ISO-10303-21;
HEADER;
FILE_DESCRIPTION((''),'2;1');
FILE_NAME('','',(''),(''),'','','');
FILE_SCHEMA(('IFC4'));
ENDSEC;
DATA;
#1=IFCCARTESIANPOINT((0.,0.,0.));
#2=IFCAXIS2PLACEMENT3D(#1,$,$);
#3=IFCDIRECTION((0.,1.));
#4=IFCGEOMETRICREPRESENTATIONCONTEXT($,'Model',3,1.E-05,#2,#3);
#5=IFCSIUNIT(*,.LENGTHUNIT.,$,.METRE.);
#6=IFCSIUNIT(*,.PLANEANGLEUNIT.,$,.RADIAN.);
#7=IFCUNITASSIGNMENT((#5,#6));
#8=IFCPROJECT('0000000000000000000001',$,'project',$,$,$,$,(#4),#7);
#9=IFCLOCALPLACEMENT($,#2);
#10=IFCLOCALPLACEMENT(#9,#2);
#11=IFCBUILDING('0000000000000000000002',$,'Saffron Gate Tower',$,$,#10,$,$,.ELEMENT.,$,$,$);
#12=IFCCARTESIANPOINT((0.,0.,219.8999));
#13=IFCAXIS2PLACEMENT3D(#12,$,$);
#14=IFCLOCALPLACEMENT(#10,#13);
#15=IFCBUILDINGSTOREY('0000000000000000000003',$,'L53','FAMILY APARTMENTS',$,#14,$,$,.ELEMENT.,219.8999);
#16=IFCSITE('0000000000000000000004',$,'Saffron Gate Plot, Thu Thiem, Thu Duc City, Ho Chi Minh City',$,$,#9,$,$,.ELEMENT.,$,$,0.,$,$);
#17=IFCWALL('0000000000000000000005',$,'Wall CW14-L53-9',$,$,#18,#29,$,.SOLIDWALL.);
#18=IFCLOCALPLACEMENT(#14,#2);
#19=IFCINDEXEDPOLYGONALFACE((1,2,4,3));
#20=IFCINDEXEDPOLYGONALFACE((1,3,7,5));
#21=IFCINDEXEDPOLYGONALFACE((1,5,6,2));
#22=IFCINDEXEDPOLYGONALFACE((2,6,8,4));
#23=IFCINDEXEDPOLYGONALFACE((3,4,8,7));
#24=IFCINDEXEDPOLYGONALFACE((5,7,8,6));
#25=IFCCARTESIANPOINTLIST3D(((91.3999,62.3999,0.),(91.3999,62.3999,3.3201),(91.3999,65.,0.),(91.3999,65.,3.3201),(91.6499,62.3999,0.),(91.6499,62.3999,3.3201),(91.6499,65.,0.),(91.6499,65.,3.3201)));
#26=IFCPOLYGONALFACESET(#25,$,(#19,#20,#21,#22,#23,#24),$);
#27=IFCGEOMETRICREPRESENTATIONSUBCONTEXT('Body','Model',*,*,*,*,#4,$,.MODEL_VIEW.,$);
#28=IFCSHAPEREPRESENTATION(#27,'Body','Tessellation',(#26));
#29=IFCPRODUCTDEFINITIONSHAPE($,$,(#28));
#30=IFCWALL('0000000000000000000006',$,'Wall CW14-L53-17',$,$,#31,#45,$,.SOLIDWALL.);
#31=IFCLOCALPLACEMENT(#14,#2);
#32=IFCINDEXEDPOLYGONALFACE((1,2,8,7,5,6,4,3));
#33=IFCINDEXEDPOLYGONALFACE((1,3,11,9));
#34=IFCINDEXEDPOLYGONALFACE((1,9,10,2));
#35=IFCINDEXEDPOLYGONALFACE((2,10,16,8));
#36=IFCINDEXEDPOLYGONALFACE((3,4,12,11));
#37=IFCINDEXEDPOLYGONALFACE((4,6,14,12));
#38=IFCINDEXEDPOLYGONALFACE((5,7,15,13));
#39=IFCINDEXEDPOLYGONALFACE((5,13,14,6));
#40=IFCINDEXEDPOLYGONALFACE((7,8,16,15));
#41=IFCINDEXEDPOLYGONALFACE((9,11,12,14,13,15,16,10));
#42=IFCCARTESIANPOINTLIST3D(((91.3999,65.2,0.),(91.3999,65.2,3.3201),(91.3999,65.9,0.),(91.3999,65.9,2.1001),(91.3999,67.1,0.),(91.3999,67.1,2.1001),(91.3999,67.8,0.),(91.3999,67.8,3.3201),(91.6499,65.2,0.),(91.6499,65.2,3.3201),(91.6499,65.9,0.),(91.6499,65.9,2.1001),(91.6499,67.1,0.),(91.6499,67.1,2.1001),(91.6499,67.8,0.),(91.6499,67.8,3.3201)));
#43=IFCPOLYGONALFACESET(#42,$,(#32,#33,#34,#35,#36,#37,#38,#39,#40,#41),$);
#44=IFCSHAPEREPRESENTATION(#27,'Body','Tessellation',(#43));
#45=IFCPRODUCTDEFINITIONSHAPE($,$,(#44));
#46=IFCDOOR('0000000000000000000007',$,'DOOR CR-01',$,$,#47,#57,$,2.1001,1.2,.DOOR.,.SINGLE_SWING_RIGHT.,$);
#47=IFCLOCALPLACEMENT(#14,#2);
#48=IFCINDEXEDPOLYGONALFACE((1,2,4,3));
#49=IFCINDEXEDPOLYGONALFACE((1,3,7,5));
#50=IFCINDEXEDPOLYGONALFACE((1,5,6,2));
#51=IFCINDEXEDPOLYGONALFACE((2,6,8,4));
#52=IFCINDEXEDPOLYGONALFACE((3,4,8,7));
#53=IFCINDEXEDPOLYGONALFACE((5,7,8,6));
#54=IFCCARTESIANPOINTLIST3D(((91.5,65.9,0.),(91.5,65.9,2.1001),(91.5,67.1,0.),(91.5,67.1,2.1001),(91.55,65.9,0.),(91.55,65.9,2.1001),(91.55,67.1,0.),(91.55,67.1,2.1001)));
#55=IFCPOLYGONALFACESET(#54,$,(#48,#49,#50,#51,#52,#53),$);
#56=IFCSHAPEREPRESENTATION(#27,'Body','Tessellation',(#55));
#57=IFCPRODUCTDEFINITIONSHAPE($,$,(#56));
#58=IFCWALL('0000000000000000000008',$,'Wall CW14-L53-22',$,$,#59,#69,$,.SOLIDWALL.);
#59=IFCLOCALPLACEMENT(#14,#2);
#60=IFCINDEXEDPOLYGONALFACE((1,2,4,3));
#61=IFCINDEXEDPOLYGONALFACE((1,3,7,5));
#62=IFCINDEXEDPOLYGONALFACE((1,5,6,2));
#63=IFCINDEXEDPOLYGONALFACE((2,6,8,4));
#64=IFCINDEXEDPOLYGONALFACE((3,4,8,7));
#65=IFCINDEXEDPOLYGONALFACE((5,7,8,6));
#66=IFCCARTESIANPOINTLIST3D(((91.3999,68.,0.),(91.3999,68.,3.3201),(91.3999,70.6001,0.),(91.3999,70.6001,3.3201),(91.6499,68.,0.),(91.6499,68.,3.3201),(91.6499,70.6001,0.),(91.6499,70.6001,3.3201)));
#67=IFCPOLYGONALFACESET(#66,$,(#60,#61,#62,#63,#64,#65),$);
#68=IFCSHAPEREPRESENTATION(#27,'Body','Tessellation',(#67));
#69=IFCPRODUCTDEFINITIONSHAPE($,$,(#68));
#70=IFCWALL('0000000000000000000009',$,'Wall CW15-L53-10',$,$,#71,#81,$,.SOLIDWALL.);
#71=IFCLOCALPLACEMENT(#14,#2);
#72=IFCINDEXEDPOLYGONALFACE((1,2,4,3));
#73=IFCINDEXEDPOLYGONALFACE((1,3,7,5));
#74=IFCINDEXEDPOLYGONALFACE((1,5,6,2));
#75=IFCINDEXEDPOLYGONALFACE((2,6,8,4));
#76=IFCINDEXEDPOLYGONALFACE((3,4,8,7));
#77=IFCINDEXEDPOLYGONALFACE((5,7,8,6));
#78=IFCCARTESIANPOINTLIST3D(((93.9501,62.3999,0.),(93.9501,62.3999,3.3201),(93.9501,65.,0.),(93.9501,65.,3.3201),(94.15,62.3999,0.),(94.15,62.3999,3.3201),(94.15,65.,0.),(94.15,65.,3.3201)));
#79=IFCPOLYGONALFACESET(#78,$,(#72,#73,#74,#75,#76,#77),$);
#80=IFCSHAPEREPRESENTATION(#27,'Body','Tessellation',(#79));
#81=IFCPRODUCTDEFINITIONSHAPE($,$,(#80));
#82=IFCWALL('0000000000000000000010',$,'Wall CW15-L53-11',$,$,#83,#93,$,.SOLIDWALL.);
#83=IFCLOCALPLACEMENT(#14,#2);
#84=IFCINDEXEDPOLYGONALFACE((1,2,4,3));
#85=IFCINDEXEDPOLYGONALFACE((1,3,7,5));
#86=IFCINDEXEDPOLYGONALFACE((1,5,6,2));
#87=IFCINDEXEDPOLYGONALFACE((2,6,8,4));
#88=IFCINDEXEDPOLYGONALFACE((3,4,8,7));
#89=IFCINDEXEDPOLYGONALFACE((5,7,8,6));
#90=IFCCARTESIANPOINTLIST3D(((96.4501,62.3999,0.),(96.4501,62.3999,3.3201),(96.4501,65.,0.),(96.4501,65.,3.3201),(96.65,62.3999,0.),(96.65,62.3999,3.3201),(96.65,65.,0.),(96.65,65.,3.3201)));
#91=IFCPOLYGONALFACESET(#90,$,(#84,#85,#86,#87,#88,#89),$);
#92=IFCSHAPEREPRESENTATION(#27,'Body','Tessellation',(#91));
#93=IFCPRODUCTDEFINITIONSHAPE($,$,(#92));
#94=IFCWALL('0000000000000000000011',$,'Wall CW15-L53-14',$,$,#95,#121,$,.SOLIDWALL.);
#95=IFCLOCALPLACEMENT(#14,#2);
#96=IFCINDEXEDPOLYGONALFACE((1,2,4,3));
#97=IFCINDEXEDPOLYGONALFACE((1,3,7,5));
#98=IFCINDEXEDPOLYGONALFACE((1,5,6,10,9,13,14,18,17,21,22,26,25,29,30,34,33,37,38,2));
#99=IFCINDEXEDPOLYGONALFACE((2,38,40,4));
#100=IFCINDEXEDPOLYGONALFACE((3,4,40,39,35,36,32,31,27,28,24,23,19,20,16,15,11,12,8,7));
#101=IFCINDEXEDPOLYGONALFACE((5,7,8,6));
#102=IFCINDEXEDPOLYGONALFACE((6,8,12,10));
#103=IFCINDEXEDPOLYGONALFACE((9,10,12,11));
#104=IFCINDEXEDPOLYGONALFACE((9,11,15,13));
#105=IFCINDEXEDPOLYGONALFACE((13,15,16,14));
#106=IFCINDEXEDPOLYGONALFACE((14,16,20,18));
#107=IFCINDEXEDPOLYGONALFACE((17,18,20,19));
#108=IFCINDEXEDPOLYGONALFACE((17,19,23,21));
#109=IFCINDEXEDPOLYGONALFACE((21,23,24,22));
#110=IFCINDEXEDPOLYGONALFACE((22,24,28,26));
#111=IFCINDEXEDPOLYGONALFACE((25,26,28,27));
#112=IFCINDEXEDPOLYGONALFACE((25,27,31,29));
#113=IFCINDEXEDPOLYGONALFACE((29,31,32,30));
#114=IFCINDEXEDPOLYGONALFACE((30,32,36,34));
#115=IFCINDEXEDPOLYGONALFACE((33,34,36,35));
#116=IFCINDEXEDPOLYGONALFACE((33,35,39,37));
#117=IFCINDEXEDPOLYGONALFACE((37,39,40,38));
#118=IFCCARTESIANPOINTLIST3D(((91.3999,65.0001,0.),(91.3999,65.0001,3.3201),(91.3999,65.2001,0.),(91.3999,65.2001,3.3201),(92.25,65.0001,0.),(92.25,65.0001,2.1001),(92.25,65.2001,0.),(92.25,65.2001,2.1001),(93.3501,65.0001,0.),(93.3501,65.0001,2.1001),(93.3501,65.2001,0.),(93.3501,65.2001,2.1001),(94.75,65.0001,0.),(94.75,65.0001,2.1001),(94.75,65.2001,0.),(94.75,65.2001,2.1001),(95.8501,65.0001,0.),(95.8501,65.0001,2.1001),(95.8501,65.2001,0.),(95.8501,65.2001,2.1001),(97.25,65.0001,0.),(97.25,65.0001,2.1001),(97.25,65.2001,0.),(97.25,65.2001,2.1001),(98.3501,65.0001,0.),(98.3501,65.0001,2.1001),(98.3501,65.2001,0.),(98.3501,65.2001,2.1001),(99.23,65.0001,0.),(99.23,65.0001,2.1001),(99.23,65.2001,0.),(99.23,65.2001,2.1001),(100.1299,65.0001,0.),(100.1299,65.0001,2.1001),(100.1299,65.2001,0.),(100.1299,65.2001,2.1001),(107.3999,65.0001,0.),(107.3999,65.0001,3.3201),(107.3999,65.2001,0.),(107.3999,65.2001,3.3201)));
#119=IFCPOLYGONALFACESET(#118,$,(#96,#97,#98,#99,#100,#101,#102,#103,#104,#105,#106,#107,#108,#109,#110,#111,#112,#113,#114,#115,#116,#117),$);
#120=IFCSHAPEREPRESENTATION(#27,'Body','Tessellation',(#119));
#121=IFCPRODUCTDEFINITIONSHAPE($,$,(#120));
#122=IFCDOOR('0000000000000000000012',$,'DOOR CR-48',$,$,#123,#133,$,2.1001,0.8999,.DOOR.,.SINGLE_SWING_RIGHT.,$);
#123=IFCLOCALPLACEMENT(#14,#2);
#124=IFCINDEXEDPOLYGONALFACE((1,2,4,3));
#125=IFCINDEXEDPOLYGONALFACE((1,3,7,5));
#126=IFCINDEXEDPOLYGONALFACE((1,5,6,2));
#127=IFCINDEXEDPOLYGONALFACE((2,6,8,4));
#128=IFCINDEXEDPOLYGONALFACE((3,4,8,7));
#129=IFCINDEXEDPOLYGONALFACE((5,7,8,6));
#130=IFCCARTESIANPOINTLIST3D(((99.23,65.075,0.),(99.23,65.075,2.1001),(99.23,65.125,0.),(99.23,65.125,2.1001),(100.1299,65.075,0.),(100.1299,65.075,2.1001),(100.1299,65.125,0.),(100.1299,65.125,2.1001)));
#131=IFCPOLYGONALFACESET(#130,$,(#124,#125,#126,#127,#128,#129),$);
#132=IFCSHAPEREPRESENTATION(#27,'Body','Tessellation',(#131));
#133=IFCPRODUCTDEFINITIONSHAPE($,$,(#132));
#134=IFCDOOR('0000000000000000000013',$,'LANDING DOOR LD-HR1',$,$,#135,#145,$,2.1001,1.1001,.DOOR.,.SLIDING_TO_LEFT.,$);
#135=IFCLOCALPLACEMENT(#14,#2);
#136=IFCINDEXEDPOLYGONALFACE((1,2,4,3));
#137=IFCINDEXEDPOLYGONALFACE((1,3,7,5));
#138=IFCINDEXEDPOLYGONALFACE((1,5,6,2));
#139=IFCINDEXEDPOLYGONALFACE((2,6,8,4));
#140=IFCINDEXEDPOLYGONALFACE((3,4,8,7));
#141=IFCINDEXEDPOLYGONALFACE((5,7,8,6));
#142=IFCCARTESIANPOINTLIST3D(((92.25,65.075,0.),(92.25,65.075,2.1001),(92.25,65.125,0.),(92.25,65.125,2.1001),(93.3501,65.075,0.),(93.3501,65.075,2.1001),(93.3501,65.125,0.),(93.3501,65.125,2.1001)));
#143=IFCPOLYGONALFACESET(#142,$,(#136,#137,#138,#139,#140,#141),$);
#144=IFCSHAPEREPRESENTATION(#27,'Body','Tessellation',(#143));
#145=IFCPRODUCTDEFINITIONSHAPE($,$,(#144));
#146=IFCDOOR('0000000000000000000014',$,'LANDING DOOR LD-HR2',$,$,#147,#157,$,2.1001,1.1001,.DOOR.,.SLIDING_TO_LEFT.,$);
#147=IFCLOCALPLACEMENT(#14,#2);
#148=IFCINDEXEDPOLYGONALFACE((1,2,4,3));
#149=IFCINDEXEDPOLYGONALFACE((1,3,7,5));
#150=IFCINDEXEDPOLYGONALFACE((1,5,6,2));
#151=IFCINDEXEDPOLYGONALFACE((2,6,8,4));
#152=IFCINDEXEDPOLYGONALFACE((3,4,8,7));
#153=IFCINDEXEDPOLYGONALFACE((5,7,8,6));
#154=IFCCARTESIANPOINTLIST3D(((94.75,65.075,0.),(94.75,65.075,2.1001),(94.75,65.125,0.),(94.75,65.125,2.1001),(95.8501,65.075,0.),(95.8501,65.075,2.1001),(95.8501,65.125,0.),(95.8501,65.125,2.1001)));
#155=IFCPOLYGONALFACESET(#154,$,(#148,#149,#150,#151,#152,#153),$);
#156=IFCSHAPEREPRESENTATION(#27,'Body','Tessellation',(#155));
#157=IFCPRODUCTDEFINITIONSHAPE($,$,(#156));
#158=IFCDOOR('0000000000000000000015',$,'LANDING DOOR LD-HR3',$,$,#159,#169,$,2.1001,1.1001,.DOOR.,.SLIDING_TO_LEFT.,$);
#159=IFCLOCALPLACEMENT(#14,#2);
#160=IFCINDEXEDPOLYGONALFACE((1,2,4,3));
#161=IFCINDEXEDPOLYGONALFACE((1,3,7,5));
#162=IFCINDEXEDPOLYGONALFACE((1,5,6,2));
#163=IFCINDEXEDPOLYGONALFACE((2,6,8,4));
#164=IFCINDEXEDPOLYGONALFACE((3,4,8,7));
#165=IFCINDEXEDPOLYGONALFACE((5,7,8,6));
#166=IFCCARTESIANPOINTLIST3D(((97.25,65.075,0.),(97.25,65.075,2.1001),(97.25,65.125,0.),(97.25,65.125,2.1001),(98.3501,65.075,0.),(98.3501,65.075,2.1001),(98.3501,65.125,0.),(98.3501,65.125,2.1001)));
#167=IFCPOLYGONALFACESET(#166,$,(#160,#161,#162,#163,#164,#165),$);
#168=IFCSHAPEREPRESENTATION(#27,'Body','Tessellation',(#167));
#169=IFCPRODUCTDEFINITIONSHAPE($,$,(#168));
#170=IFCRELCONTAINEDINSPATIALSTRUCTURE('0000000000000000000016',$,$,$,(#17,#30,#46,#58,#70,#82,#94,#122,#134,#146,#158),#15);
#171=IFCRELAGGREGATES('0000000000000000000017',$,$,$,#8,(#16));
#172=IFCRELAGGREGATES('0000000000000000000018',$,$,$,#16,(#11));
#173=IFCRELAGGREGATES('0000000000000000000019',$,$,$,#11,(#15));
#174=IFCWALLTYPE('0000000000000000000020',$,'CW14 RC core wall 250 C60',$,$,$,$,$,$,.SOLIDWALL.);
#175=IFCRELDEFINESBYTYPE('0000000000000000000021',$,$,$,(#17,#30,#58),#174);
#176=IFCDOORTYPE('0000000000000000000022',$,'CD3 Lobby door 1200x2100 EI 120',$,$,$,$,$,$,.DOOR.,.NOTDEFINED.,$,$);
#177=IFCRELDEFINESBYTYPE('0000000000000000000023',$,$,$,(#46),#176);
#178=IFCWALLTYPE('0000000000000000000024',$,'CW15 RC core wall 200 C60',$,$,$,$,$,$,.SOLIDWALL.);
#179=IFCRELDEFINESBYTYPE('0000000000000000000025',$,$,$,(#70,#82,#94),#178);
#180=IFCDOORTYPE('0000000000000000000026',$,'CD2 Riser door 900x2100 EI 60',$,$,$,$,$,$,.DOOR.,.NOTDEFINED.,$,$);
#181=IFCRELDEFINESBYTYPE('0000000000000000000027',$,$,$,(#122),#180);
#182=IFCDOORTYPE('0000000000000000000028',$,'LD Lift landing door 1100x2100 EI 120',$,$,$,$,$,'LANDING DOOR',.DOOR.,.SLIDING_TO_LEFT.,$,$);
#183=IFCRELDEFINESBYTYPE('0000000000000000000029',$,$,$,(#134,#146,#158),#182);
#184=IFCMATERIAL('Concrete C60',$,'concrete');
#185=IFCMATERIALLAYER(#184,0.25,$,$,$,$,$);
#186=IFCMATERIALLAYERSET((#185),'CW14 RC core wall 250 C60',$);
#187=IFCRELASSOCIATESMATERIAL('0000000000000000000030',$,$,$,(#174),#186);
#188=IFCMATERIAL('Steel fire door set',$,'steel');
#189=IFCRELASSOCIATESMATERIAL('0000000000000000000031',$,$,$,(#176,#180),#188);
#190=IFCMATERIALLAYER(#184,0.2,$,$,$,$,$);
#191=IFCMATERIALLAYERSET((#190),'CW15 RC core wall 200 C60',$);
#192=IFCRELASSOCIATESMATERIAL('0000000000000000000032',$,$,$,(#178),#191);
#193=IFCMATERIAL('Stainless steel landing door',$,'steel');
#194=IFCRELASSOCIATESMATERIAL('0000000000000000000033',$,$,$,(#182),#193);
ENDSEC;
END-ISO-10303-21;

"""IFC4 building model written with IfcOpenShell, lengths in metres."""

from ifc_helpers import new_model, si_unit, direction, frame, frame_2d, origin, place, context, subcontext, project, spatial, rectangle, extrude, material, layer, layer_set, type_object, element, fill, save


model = new_model("IFC4")

# Units and contexts
model_context = context("Model", 3, precision=1e-05, world=origin(), true_north=direction((0.0, 1.0)))
body_context = subcontext(model_context, "Body", "Model", "MODEL_VIEW")
ifc_project = project(units=[si_unit("LENGTHUNIT", "METRE"), si_unit("PLANEANGLEUNIT", "RADIAN")], contexts=[model_context])

# Site, building, storey
site_placement = place(None, origin())
site = spatial("IfcSite", under=ifc_project, at=site_placement, Name="Saffron Gate Plot, Thu Thiem, Thu Duc City, Ho Chi Minh City", CompositionType="ELEMENT", RefElevation=0.0)
building_placement = place(site_placement, origin())
building = spatial("IfcBuilding", under=site, at=building_placement, Name="Saffron Gate Tower", CompositionType="ELEMENT")
storey_placement = place(building_placement, frame((0.0, 0.0, 219.8999)))
storey = spatial("IfcBuildingStorey", under=building, at=storey_placement, Name="L53", Description="FAMILY APARTMENTS", CompositionType="ELEMENT", Elevation=219.8999)

# Wall
ifc_material_1 = material(Name="Concrete C60", Category="concrete")
ifc_layer_1 = layer(ifc_material_1, 0.25)
ifc_layer_set_1 = layer_set([ifc_layer_1], Name="CW14 RC core wall 250 C60")
wall_type_1 = type_object("IfcWallType", Name="CW14 RC core wall 250 C60", PredefinedType="SOLIDWALL", material=ifc_layer_set_1)
wall_1_placement = place(storey_placement, frame((91.5249, 62.3999, 0.0), z_axis=(0.0, 0.0, 1.0), x_axis=(0.0, 1.0, 0.0)))
element("IfcWall", 1, at=wall_1_placement, inside=storey, type_object=wall_type_1, Name="Wall CW14-L53-9", PredefinedType="SOLIDWALL", context=body_context, shape_type="SweptSolid", body=[
    extrude(rectangle(XDim=2.6001, YDim=0.25, at=frame_2d((1.3, 0.0))), origin(), (0.0, 0.0, 1.0), 3.3201),
])

# Wall, opening, door
wall_2_placement = place(storey_placement, frame((91.5249, 65.2, 0.0), z_axis=(0.0, 0.0, 1.0), x_axis=(0.0, 1.0, 0.0)))
wall_2 = element("IfcWall", 2, at=wall_2_placement, inside=storey, type_object=wall_type_1, Name="Wall CW14-L53-17", PredefinedType="SOLIDWALL", context=body_context, shape_type="SweptSolid", body=[
    extrude(rectangle(XDim=2.6001, YDim=0.25, at=frame_2d((1.3, 0.0))), origin(), (0.0, 0.0, 1.0), 3.3201),
])
opening_1_placement = place(wall_2_placement, frame((0.7, 0.0, 0.0)))
opening_1 = element("IfcOpeningElement", 3, at=opening_1_placement, cuts=wall_2, PredefinedType="OPENING", context=body_context, shape_type="SweptSolid", body=[
    extrude(rectangle(XDim=1.2, YDim=2.1001, at=frame_2d((0.6001, 1.05))), frame((0.0, 0.135, 0.0), z_axis=(0.0, -1.0, 0.0), x_axis=(1.0, 0.0, 0.0)), (0.0, 0.0, 1.0), 0.27),
])
ifc_material_2 = material(Name="Steel fire door set", Category="steel")
door_type_1 = type_object("IfcDoorType", Name="CD3 Lobby door 1200x2100 EI 120", OperationType="NOTDEFINED", PredefinedType="DOOR", material=ifc_material_2)
door_1_placement = place(opening_1_placement, origin())
door_1 = element("IfcDoor", 4, at=door_1_placement, inside=storey, type_object=door_type_1, Name="DOOR CR-01", OperationType="SINGLE_SWING_RIGHT", OverallHeight=2.1001, OverallWidth=1.2, PredefinedType="DOOR", context=body_context, shape_type="SweptSolid", body=[
    extrude(rectangle(XDim=1.2, YDim=2.1001, at=frame_2d((0.6001, 1.05))), frame((0.0, 0.0249, 0.0), z_axis=(0.0, -1.0, 0.0), x_axis=(1.0, 0.0, 0.0)), (0.0, 0.0, 1.0), 0.05),
])
fill(opening_1, door_1)

# Walls
wall_3_placement = place(storey_placement, frame((91.5249, 68.0, 0.0), z_axis=(0.0, 0.0, 1.0), x_axis=(0.0, 1.0, 0.0)))
element("IfcWall", 5, at=wall_3_placement, inside=storey, type_object=wall_type_1, Name="Wall CW14-L53-22", PredefinedType="SOLIDWALL", context=body_context, shape_type="SweptSolid", body=[
    extrude(rectangle(XDim=2.6001, YDim=0.25, at=frame_2d((1.3, 0.0))), origin(), (0.0, 0.0, 1.0), 3.3201),
])
ifc_layer_2 = layer(ifc_material_1, 0.2)
ifc_layer_set_2 = layer_set([ifc_layer_2], Name="CW15 RC core wall 200 C60")
wall_type_2 = type_object("IfcWallType", Name="CW15 RC core wall 200 C60", PredefinedType="SOLIDWALL", material=ifc_layer_set_2)
for number, where, z_axis, x_axis, name in (
    (6, (94.05, 62.3999, 0.0), (0.0, 0.0, 1.0), (0.0, 1.0, 0.0), "Wall CW15-L53-10"),
    (7, (96.55, 62.3999, 0.0), (0.0, 0.0, 1.0), (0.0, 1.0, 0.0), "Wall CW15-L53-11"),
):
    element("IfcWall", number, at=place(storey_placement, frame(where, z_axis=z_axis, x_axis=x_axis)), inside=storey, type_object=wall_type_2, Name=name, PredefinedType="SOLIDWALL", context=body_context, shape_type="SweptSolid", body=[
        extrude(rectangle(XDim=2.6001, YDim=0.2, at=frame_2d((1.3, 0.0))), origin(), (0.0, 0.0, 1.0), 3.3201),
    ])

# Wall, openings, doors
wall_4_placement = place(storey_placement, frame((91.3999, 65.1001, 0.0), z_axis=(0.0, 0.0, 1.0), x_axis=(1.0, 0.0, 0.0)))
wall_4 = element("IfcWall", 8, at=wall_4_placement, inside=storey, type_object=wall_type_2, Name="Wall CW15-L53-14", PredefinedType="SOLIDWALL", context=body_context, shape_type="SweptSolid", body=[
    extrude(rectangle(XDim=16.0, YDim=0.2, at=frame_2d((8.0, 0.0))), origin(), (0.0, 0.0, 1.0), 3.3201),
])
opening_2_placement = place(wall_4_placement, frame((0.8501, 0.0, 0.0)))
opening_2 = element("IfcOpeningElement", 9, at=opening_2_placement, cuts=wall_4, PredefinedType="OPENING", context=body_context, shape_type="SweptSolid", body=[
    extrude(rectangle(XDim=1.1001, YDim=2.1001, at=frame_2d((0.55, 1.05))), frame((0.0, 0.1099, 0.0), z_axis=(0.0, -1.0, 0.0), x_axis=(1.0, 0.0, 0.0)), (0.0, 0.0, 1.0), 0.22),
])
opening_3_placement = place(wall_4_placement, frame((3.3501, 0.0, 0.0)))
opening_3 = element("IfcOpeningElement", 10, at=opening_3_placement, cuts=wall_4, PredefinedType="OPENING", context=body_context, shape_type="SweptSolid", body=[
    extrude(rectangle(XDim=1.1001, YDim=2.1001, at=frame_2d((0.55, 1.05))), frame((0.0, 0.1099, 0.0), z_axis=(0.0, -1.0, 0.0), x_axis=(1.0, 0.0, 0.0)), (0.0, 0.0, 1.0), 0.22),
])
opening_4_placement = place(wall_4_placement, frame((5.8501, 0.0, 0.0)))
opening_4 = element("IfcOpeningElement", 11, at=opening_4_placement, cuts=wall_4, PredefinedType="OPENING", context=body_context, shape_type="SweptSolid", body=[
    extrude(rectangle(XDim=1.1001, YDim=2.1001, at=frame_2d((0.55, 1.05))), frame((0.0, 0.1099, 0.0), z_axis=(0.0, -1.0, 0.0), x_axis=(1.0, 0.0, 0.0)), (0.0, 0.0, 1.0), 0.22),
])
opening_5_placement = place(wall_4_placement, frame((7.8301, 0.0, 0.0)))
opening_5 = element("IfcOpeningElement", 12, at=opening_5_placement, cuts=wall_4, PredefinedType="OPENING", context=body_context, shape_type="SweptSolid", body=[
    extrude(rectangle(XDim=0.8999, YDim=2.1001, at=frame_2d((0.45, 1.05))), frame((0.0, 0.1099, 0.0), z_axis=(0.0, -1.0, 0.0), x_axis=(1.0, 0.0, 0.0)), (0.0, 0.0, 1.0), 0.22),
])
door_type_2 = type_object("IfcDoorType", Name="CD2 Riser door 900x2100 EI 60", OperationType="NOTDEFINED", PredefinedType="DOOR", material=ifc_material_2)
door_2_placement = place(opening_5_placement, origin())
door_2 = element("IfcDoor", 13, at=door_2_placement, inside=storey, type_object=door_type_2, Name="DOOR CR-48", OperationType="SINGLE_SWING_RIGHT", OverallHeight=2.1001, OverallWidth=0.8999, PredefinedType="DOOR", context=body_context, shape_type="SweptSolid", body=[
    extrude(rectangle(XDim=0.8999, YDim=2.1001, at=frame_2d((0.45, 1.05))), frame((0.0, 0.0249, 0.0), z_axis=(0.0, -1.0, 0.0), x_axis=(1.0, 0.0, 0.0)), (0.0, 0.0, 1.0), 0.05),
])
fill(opening_5, door_2)
ifc_material_3 = material(Name="Stainless steel landing door", Category="steel")
door_type_3 = type_object("IfcDoorType", Name="LD Lift landing door 1100x2100 EI 120", ElementType="LANDING DOOR", OperationType="SLIDING_TO_LEFT", PredefinedType="DOOR", material=ifc_material_3)
door_3_placement = place(opening_2_placement, origin())
door_3 = element("IfcDoor", 14, at=door_3_placement, inside=storey, type_object=door_type_3, Name="LANDING DOOR LD-HR1", OperationType="SLIDING_TO_LEFT", OverallHeight=2.1001, OverallWidth=1.1001, PredefinedType="DOOR", context=body_context, shape_type="SweptSolid", body=[
    extrude(rectangle(XDim=1.1001, YDim=2.1001, at=frame_2d((0.55, 1.05))), frame((0.0, 0.0249, 0.0), z_axis=(0.0, -1.0, 0.0), x_axis=(1.0, 0.0, 0.0)), (0.0, 0.0, 1.0), 0.05),
])
fill(opening_2, door_3)
door_4_placement = place(opening_3_placement, origin())
door_4 = element("IfcDoor", 15, at=door_4_placement, inside=storey, type_object=door_type_3, Name="LANDING DOOR LD-HR2", OperationType="SLIDING_TO_LEFT", OverallHeight=2.1001, OverallWidth=1.1001, PredefinedType="DOOR", context=body_context, shape_type="SweptSolid", body=[
    extrude(rectangle(XDim=1.1001, YDim=2.1001, at=frame_2d((0.55, 1.05))), frame((0.0, 0.0249, 0.0), z_axis=(0.0, -1.0, 0.0), x_axis=(1.0, 0.0, 0.0)), (0.0, 0.0, 1.0), 0.05),
])
fill(opening_3, door_4)
door_5_placement = place(opening_4_placement, origin())
door_5 = element("IfcDoor", 16, at=door_5_placement, inside=storey, type_object=door_type_3, Name="LANDING DOOR LD-HR3", OperationType="SLIDING_TO_LEFT", OverallHeight=2.1001, OverallWidth=1.1001, PredefinedType="DOOR", context=body_context, shape_type="SweptSolid", body=[
    extrude(rectangle(XDim=1.1001, YDim=2.1001, at=frame_2d((0.55, 1.05))), frame((0.0, 0.0249, 0.0), z_axis=(0.0, -1.0, 0.0), x_axis=(1.0, 0.0, 0.0)), (0.0, 0.0, 1.0), 0.05),
])
fill(opening_4, door_5)

save(model, "model.ifc")
